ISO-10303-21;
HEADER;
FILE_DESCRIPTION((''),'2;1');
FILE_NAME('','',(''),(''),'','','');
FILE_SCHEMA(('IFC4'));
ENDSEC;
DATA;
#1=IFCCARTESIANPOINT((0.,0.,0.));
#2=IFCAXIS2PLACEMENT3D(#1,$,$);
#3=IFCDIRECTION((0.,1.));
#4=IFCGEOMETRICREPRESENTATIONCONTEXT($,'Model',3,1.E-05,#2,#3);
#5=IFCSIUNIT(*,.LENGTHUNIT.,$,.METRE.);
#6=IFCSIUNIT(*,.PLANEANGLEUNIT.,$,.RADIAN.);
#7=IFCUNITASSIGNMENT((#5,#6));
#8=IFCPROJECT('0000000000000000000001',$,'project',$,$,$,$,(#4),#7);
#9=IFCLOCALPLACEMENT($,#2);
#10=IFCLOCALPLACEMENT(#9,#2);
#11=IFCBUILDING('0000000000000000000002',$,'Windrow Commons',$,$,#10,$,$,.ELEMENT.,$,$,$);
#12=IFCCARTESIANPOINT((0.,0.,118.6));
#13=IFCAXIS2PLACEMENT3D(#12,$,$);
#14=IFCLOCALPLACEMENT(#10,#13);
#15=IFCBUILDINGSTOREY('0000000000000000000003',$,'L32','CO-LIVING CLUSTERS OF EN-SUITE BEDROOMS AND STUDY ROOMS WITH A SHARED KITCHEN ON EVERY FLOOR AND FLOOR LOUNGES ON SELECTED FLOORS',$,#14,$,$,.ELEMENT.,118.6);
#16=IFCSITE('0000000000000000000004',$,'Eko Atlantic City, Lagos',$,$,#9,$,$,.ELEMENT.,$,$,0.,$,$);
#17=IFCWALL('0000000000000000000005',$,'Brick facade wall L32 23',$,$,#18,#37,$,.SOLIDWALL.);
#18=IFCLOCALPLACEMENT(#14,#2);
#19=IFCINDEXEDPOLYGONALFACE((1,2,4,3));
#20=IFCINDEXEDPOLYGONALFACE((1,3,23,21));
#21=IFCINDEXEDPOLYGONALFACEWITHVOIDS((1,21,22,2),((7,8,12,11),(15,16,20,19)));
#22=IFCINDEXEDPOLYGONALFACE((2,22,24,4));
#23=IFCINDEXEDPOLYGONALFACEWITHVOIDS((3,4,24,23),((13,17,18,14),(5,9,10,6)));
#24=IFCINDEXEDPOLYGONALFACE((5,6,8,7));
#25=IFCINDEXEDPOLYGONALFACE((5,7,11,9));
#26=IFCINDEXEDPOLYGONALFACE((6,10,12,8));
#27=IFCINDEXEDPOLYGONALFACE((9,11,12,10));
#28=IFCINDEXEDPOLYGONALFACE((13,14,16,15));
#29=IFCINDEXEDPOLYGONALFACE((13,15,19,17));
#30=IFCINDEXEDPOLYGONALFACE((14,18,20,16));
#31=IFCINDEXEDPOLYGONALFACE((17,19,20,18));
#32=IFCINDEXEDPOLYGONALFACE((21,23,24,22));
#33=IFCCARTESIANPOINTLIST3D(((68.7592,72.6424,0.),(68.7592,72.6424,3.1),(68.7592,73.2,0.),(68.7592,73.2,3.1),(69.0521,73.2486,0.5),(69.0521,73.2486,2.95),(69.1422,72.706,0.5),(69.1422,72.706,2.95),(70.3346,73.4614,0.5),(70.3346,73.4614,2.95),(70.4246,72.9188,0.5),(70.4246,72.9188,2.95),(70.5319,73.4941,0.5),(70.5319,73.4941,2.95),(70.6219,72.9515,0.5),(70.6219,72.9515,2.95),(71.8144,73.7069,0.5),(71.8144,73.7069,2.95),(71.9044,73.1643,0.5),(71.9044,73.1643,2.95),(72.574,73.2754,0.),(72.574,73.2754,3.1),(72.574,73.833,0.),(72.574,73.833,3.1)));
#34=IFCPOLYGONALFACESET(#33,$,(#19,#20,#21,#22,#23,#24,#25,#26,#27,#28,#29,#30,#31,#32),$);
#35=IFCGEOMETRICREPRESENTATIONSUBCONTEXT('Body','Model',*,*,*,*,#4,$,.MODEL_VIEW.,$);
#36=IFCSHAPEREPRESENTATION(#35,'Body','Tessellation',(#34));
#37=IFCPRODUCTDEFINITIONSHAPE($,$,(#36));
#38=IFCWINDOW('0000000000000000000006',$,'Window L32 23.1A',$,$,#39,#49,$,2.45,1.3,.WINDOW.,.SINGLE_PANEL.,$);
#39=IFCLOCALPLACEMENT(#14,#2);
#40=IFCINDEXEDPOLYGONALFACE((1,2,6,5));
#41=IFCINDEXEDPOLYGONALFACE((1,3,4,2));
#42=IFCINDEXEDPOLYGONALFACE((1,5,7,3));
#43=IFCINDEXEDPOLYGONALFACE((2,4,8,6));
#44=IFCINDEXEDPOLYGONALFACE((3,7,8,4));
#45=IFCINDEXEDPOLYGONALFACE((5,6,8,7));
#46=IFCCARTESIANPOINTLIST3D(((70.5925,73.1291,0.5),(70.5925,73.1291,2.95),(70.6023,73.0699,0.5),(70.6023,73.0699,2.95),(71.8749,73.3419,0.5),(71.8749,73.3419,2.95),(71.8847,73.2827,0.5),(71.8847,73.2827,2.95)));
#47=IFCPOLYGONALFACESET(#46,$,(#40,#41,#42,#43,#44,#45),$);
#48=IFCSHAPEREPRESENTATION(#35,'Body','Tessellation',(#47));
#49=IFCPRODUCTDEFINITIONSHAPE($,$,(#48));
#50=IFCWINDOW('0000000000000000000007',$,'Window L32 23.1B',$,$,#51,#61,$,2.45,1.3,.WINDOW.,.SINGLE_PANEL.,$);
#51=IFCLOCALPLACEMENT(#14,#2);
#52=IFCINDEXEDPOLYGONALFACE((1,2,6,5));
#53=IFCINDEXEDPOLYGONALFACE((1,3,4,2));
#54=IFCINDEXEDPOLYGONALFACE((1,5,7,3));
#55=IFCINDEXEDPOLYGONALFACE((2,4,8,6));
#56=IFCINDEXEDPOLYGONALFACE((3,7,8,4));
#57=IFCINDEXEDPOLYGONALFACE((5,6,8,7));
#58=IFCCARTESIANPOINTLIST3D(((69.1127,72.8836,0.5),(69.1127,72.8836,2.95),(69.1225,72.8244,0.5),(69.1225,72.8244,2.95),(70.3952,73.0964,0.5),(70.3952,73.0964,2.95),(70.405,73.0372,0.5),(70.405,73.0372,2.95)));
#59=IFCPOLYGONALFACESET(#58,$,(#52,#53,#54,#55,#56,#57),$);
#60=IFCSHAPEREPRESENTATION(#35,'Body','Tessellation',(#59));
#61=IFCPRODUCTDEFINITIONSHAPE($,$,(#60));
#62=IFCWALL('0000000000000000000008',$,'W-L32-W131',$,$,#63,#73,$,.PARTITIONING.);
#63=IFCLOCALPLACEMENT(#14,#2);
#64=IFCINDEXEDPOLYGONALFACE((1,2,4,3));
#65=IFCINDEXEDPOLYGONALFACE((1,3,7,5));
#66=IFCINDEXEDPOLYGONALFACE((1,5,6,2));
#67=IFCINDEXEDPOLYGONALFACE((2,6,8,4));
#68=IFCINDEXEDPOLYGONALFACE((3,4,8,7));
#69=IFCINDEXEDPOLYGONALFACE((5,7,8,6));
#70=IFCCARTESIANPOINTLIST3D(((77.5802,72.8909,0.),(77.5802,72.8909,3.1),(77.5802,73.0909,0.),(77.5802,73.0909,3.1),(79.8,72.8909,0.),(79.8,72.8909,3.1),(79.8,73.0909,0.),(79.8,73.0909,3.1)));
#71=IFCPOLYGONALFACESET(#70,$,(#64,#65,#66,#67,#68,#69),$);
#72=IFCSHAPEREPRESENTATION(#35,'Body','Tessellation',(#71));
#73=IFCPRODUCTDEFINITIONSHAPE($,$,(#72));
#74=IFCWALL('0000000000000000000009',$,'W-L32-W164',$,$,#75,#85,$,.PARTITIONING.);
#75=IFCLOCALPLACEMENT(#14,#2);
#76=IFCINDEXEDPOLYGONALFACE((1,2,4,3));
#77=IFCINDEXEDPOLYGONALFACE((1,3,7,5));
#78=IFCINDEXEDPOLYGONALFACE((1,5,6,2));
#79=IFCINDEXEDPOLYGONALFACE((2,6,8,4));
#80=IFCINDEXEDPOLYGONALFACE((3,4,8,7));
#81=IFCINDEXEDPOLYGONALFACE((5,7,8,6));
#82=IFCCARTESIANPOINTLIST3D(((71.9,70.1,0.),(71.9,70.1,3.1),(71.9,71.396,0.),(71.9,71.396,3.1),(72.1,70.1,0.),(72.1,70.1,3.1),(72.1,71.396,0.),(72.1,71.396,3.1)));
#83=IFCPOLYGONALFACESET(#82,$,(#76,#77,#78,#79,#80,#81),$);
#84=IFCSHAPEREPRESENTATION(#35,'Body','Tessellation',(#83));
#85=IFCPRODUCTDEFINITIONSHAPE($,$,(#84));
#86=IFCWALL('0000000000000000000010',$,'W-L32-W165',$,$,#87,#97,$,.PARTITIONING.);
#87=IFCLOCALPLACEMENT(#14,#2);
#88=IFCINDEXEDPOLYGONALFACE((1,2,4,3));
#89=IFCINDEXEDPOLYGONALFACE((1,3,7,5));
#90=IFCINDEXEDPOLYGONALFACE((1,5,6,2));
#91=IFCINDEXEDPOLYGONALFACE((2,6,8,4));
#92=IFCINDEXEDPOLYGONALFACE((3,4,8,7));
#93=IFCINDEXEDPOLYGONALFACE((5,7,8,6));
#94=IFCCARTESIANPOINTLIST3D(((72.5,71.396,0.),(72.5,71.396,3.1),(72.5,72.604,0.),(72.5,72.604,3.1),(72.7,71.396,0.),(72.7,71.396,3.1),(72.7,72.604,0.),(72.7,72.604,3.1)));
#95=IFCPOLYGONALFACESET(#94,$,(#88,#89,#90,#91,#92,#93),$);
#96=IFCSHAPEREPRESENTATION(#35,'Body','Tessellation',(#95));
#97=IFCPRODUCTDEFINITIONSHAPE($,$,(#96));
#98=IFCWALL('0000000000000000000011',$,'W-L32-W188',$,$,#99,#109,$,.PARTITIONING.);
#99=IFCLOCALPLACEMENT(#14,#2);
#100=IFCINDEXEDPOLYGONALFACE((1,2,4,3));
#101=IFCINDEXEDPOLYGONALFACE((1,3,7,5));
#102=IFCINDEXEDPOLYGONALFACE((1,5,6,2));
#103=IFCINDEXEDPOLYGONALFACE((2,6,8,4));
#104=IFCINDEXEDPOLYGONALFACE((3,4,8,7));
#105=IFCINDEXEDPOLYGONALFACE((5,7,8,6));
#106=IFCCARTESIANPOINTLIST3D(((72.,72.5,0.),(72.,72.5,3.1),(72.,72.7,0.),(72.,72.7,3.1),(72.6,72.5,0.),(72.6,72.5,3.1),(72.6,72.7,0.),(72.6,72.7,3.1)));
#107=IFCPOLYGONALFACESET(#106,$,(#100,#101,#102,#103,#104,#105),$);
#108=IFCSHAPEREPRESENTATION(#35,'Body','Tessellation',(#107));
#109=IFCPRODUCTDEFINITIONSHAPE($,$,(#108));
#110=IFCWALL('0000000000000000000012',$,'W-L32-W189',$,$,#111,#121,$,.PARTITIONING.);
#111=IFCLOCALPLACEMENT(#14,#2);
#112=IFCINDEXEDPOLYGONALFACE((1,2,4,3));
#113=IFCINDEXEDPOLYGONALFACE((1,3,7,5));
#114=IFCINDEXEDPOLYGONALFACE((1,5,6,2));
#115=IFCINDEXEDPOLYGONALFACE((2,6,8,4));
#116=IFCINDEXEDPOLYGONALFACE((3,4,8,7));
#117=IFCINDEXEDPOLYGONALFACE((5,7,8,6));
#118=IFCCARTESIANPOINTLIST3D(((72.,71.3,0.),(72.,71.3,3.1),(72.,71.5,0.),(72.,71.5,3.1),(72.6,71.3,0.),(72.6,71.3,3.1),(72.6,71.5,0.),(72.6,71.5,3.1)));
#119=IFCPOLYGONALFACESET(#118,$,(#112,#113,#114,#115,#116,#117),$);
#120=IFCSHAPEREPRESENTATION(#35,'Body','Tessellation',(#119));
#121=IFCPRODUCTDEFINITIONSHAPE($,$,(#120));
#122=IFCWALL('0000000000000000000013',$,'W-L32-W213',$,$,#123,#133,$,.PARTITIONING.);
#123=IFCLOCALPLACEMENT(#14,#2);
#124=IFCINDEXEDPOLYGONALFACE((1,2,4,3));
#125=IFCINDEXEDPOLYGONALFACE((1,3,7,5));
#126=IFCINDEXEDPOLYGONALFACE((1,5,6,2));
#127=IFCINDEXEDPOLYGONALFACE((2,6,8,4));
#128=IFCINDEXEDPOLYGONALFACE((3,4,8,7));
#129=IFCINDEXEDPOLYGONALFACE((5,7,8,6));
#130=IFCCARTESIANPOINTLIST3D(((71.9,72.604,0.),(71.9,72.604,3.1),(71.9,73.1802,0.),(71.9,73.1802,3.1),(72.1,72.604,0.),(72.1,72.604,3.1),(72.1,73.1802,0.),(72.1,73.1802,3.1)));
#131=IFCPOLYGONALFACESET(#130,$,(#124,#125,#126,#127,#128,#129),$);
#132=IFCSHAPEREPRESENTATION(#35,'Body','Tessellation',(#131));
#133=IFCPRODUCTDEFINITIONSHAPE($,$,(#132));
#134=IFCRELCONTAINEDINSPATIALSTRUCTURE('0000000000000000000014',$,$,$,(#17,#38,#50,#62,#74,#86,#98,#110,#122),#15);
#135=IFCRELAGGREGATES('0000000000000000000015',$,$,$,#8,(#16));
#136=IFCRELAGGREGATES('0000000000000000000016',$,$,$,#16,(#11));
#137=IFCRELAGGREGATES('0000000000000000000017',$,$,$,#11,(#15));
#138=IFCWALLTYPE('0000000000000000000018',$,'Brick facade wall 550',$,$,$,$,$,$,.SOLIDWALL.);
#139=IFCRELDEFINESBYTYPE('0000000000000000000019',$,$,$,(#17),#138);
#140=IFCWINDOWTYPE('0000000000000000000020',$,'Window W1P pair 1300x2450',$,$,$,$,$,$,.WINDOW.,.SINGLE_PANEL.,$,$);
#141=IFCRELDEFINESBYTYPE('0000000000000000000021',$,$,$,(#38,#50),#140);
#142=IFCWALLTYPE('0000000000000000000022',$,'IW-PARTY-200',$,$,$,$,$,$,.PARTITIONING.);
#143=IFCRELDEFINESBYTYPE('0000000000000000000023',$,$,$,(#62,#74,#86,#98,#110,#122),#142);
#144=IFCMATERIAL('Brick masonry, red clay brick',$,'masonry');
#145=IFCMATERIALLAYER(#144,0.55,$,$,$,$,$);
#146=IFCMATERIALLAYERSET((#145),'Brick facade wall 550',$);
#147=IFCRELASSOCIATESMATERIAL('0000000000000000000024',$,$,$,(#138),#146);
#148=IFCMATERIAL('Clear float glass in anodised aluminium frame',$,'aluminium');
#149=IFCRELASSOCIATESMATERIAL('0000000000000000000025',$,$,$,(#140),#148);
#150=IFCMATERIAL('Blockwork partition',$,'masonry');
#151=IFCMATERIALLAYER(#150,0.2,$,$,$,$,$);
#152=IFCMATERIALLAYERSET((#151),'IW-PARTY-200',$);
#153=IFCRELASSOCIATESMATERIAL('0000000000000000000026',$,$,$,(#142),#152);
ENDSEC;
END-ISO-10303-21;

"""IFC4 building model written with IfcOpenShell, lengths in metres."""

from ifc_helpers import new_model, si_unit, direction, frame, frame_2d, origin, place, context, subcontext, project, spatial, polyline, rectangle, outline, extrude, material, layer, layer_set, type_object, element, fill, save


model = new_model("IFC4")

# Units and contexts
model_context = context("Model", 3, precision=1e-05, world=origin(), true_north=direction((0.0, 1.0)))
body_context = subcontext(model_context, "Body", "Model", "MODEL_VIEW")
ifc_project = project(units=[si_unit("LENGTHUNIT", "METRE"), si_unit("PLANEANGLEUNIT", "RADIAN")], contexts=[model_context])

# Site, building, storey
site_placement = place(None, origin())
site = spatial("IfcSite", under=ifc_project, at=site_placement, Name="Eko Atlantic City, Lagos", CompositionType="ELEMENT", RefElevation=0.0)
building_placement = place(site_placement, origin())
building = spatial("IfcBuilding", under=site, at=building_placement, Name="Windrow Commons", CompositionType="ELEMENT")
storey_placement = place(building_placement, frame((0.0, 0.0, 118.6)))
storey = spatial("IfcBuildingStorey", under=building, at=storey_placement, Name="L32", Description="CO-LIVING CLUSTERS OF EN-SUITE BEDROOMS AND STUDY ROOMS WITH A SHARED KITCHEN ON EVERY FLOOR AND FLOOR LOUNGES ON SELECTED FLOORS", CompositionType="ELEMENT", Elevation=118.6)

# Shared definitions
ifc_material_1 = material(Name="Brick masonry, red clay brick", Category="masonry")
ifc_layer_1 = layer(ifc_material_1, 0.55)
ifc_layer_set_1 = layer_set([ifc_layer_1], Name="Brick facade wall 550")
wall_type_1 = type_object("IfcWallType", Name="Brick facade wall 550", PredefinedType="SOLIDWALL", material=ifc_layer_set_1)

# Wall, openings, windows
wall_1_placement = place(storey_placement, frame((72.574, 73.5542, 0.0), z_axis=(0.0, 0.0, 1.0), x_axis=(-0.986511, -0.163694, 0.0)))
wall_1 = element("IfcWall", 1, at=wall_1_placement, inside=storey, type_object=wall_type_1, Name="Brick facade wall L32 23", PredefinedType="SOLIDWALL", context=body_context, shape_type="SweptSolid", body=[
    extrude(outline(polyline([(-0.0456, -0.275), (3.8213, -0.275), (3.9126, 0.275), (0.0456, 0.275), (-0.0456, -0.275)])), origin(), (0.0, 0.0, 1.0), 3.1),
])
opening_1_placement = place(wall_1_placement, frame((0.7244, 0.0, 0.5)))
opening_1 = element("IfcOpeningElement", 2, at=opening_1_placement, cuts=wall_1, PredefinedType="OPENING", context=body_context, shape_type="SweptSolid", body=[
    extrude(rectangle(XDim=1.3, YDim=2.45, at=frame_2d((0.65, 1.225))), frame((0.0, 0.285, 0.0), z_axis=(0.0, -1.0, 0.0), x_axis=(1.0, 0.0, 0.0)), (0.0, 0.0, 1.0), 0.57),
])
opening_2_placement = place(wall_1_placement, frame((2.2244, 0.0, 0.5)))
opening_2 = element("IfcOpeningElement", 3, at=opening_2_placement, cuts=wall_1, PredefinedType="OPENING", context=body_context, shape_type="SweptSolid", body=[
    extrude(rectangle(XDim=1.3, YDim=2.45, at=frame_2d((0.65, 1.225))), frame((0.0, 0.285, 0.0), z_axis=(0.0, -1.0, 0.0), x_axis=(1.0, 0.0, 0.0)), (0.0, 0.0, 1.0), 0.57),
])
ifc_material_2 = material(Name="Clear float glass in anodised aluminium frame", Category="aluminium")
window_type_1 = type_object("IfcWindowType", Name="Window W1P pair 1300x2450", PartitioningType="SINGLE_PANEL", PredefinedType="WINDOW", material=ifc_material_2)
window_1_placement = place(opening_1_placement, origin())
window_1 = element("IfcWindow", 4, at=window_1_placement, inside=storey, type_object=window_type_1, Name="Window L32 23.1A", OverallHeight=2.45, OverallWidth=1.3, PartitioningType="SINGLE_PANEL", PredefinedType="WINDOW", context=body_context, shape_type="SweptSolid", body=[
    extrude(rectangle(XDim=1.3, YDim=2.45, at=frame_2d((0.65, 1.225))), frame((0.0, 0.155, 0.0), z_axis=(0.0, -1.0, 0.0), x_axis=(1.0, 0.0, 0.0)), (0.0, 0.0, 1.0), 0.06),
])
fill(opening_1, window_1)
window_2_placement = place(opening_2_placement, origin())
window_2 = element("IfcWindow", 5, at=window_2_placement, inside=storey, type_object=window_type_1, Name="Window L32 23.1B", OverallHeight=2.45, OverallWidth=1.3, PartitioningType="SINGLE_PANEL", PredefinedType="WINDOW", context=body_context, shape_type="SweptSolid", body=[
    extrude(rectangle(XDim=1.3, YDim=2.45, at=frame_2d((0.65, 1.225))), frame((0.0, 0.155, 0.0), z_axis=(0.0, -1.0, 0.0), x_axis=(1.0, 0.0, 0.0)), (0.0, 0.0, 1.0), 0.06),
])
fill(opening_2, window_2)

# Walls
ifc_material_3 = material(Name="Blockwork partition", Category="masonry")
ifc_layer_2 = layer(ifc_material_3, 0.2)
ifc_layer_set_2 = layer_set([ifc_layer_2], Name="IW-PARTY-200")
wall_type_2 = type_object("IfcWallType", Name="IW-PARTY-200", PredefinedType="PARTITIONING", material=ifc_layer_set_2)
wall_2_placement = place(storey_placement, frame((77.5802, 72.9909, 0.0), z_axis=(0.0, 0.0, 1.0), x_axis=(1.0, 0.0, 0.0)))
element("IfcWall", 6, at=wall_2_placement, inside=storey, type_object=wall_type_2, Name="W-L32-W131", PredefinedType="PARTITIONING", context=body_context, shape_type="SweptSolid", body=[
    extrude(rectangle(XDim=2.2198, YDim=0.2, at=frame_2d((1.1099, 0.0))), origin(), (0.0, 0.0, 1.0), 3.1),
])
wall_3_placement = place(storey_placement, frame((72.0, 70.1, 0.0), z_axis=(0.0, 0.0, 1.0), x_axis=(0.0, 1.0, 0.0)))
element("IfcWall", 7, at=wall_3_placement, inside=storey, type_object=wall_type_2, Name="W-L32-W164", PredefinedType="PARTITIONING", context=body_context, shape_type="SweptSolid", body=[
    extrude(rectangle(XDim=1.296, YDim=0.2, at=frame_2d((0.648, 0.0))), origin(), (0.0, 0.0, 1.0), 3.1),
])
wall_4_placement = place(storey_placement, frame((72.6, 71.396, 0.0), z_axis=(0.0, 0.0, 1.0), x_axis=(0.0, 1.0, 0.0)))
element("IfcWall", 8, at=wall_4_placement, inside=storey, type_object=wall_type_2, Name="W-L32-W165", PredefinedType="PARTITIONING", context=body_context, shape_type="SweptSolid", body=[
    extrude(rectangle(XDim=1.208, YDim=0.2, at=frame_2d((0.604, 0.0))), origin(), (0.0, 0.0, 1.0), 3.1),
])
for number, where, z_axis, x_axis, name in (
    (9, (72.0, 72.6, 0.0), (0.0, 0.0, 1.0), (1.0, 0.0, 0.0), "W-L32-W188"),
    (10, (72.0, 71.4, 0.0), (0.0, 0.0, 1.0), (1.0, 0.0, 0.0), "W-L32-W189"),
):
    element("IfcWall", number, at=place(storey_placement, frame(where, z_axis=z_axis, x_axis=x_axis)), inside=storey, type_object=wall_type_2, Name=name, PredefinedType="PARTITIONING", context=body_context, shape_type="SweptSolid", body=[
        extrude(rectangle(XDim=0.6, YDim=0.2, at=frame_2d((0.3, 0.0))), origin(), (0.0, 0.0, 1.0), 3.1),
    ])
wall_5_placement = place(storey_placement, frame((72.0, 72.604, 0.0), z_axis=(0.0, 0.0, 1.0), x_axis=(0.0, 1.0, 0.0)))
element("IfcWall", 11, at=wall_5_placement, inside=storey, type_object=wall_type_2, Name="W-L32-W213", PredefinedType="PARTITIONING", context=body_context, shape_type="SweptSolid", body=[
    extrude(rectangle(XDim=0.5762, YDim=0.2, at=frame_2d((0.2881, 0.0))), origin(), (0.0, 0.0, 1.0), 3.1),
])

save(model, "model.ifc")
